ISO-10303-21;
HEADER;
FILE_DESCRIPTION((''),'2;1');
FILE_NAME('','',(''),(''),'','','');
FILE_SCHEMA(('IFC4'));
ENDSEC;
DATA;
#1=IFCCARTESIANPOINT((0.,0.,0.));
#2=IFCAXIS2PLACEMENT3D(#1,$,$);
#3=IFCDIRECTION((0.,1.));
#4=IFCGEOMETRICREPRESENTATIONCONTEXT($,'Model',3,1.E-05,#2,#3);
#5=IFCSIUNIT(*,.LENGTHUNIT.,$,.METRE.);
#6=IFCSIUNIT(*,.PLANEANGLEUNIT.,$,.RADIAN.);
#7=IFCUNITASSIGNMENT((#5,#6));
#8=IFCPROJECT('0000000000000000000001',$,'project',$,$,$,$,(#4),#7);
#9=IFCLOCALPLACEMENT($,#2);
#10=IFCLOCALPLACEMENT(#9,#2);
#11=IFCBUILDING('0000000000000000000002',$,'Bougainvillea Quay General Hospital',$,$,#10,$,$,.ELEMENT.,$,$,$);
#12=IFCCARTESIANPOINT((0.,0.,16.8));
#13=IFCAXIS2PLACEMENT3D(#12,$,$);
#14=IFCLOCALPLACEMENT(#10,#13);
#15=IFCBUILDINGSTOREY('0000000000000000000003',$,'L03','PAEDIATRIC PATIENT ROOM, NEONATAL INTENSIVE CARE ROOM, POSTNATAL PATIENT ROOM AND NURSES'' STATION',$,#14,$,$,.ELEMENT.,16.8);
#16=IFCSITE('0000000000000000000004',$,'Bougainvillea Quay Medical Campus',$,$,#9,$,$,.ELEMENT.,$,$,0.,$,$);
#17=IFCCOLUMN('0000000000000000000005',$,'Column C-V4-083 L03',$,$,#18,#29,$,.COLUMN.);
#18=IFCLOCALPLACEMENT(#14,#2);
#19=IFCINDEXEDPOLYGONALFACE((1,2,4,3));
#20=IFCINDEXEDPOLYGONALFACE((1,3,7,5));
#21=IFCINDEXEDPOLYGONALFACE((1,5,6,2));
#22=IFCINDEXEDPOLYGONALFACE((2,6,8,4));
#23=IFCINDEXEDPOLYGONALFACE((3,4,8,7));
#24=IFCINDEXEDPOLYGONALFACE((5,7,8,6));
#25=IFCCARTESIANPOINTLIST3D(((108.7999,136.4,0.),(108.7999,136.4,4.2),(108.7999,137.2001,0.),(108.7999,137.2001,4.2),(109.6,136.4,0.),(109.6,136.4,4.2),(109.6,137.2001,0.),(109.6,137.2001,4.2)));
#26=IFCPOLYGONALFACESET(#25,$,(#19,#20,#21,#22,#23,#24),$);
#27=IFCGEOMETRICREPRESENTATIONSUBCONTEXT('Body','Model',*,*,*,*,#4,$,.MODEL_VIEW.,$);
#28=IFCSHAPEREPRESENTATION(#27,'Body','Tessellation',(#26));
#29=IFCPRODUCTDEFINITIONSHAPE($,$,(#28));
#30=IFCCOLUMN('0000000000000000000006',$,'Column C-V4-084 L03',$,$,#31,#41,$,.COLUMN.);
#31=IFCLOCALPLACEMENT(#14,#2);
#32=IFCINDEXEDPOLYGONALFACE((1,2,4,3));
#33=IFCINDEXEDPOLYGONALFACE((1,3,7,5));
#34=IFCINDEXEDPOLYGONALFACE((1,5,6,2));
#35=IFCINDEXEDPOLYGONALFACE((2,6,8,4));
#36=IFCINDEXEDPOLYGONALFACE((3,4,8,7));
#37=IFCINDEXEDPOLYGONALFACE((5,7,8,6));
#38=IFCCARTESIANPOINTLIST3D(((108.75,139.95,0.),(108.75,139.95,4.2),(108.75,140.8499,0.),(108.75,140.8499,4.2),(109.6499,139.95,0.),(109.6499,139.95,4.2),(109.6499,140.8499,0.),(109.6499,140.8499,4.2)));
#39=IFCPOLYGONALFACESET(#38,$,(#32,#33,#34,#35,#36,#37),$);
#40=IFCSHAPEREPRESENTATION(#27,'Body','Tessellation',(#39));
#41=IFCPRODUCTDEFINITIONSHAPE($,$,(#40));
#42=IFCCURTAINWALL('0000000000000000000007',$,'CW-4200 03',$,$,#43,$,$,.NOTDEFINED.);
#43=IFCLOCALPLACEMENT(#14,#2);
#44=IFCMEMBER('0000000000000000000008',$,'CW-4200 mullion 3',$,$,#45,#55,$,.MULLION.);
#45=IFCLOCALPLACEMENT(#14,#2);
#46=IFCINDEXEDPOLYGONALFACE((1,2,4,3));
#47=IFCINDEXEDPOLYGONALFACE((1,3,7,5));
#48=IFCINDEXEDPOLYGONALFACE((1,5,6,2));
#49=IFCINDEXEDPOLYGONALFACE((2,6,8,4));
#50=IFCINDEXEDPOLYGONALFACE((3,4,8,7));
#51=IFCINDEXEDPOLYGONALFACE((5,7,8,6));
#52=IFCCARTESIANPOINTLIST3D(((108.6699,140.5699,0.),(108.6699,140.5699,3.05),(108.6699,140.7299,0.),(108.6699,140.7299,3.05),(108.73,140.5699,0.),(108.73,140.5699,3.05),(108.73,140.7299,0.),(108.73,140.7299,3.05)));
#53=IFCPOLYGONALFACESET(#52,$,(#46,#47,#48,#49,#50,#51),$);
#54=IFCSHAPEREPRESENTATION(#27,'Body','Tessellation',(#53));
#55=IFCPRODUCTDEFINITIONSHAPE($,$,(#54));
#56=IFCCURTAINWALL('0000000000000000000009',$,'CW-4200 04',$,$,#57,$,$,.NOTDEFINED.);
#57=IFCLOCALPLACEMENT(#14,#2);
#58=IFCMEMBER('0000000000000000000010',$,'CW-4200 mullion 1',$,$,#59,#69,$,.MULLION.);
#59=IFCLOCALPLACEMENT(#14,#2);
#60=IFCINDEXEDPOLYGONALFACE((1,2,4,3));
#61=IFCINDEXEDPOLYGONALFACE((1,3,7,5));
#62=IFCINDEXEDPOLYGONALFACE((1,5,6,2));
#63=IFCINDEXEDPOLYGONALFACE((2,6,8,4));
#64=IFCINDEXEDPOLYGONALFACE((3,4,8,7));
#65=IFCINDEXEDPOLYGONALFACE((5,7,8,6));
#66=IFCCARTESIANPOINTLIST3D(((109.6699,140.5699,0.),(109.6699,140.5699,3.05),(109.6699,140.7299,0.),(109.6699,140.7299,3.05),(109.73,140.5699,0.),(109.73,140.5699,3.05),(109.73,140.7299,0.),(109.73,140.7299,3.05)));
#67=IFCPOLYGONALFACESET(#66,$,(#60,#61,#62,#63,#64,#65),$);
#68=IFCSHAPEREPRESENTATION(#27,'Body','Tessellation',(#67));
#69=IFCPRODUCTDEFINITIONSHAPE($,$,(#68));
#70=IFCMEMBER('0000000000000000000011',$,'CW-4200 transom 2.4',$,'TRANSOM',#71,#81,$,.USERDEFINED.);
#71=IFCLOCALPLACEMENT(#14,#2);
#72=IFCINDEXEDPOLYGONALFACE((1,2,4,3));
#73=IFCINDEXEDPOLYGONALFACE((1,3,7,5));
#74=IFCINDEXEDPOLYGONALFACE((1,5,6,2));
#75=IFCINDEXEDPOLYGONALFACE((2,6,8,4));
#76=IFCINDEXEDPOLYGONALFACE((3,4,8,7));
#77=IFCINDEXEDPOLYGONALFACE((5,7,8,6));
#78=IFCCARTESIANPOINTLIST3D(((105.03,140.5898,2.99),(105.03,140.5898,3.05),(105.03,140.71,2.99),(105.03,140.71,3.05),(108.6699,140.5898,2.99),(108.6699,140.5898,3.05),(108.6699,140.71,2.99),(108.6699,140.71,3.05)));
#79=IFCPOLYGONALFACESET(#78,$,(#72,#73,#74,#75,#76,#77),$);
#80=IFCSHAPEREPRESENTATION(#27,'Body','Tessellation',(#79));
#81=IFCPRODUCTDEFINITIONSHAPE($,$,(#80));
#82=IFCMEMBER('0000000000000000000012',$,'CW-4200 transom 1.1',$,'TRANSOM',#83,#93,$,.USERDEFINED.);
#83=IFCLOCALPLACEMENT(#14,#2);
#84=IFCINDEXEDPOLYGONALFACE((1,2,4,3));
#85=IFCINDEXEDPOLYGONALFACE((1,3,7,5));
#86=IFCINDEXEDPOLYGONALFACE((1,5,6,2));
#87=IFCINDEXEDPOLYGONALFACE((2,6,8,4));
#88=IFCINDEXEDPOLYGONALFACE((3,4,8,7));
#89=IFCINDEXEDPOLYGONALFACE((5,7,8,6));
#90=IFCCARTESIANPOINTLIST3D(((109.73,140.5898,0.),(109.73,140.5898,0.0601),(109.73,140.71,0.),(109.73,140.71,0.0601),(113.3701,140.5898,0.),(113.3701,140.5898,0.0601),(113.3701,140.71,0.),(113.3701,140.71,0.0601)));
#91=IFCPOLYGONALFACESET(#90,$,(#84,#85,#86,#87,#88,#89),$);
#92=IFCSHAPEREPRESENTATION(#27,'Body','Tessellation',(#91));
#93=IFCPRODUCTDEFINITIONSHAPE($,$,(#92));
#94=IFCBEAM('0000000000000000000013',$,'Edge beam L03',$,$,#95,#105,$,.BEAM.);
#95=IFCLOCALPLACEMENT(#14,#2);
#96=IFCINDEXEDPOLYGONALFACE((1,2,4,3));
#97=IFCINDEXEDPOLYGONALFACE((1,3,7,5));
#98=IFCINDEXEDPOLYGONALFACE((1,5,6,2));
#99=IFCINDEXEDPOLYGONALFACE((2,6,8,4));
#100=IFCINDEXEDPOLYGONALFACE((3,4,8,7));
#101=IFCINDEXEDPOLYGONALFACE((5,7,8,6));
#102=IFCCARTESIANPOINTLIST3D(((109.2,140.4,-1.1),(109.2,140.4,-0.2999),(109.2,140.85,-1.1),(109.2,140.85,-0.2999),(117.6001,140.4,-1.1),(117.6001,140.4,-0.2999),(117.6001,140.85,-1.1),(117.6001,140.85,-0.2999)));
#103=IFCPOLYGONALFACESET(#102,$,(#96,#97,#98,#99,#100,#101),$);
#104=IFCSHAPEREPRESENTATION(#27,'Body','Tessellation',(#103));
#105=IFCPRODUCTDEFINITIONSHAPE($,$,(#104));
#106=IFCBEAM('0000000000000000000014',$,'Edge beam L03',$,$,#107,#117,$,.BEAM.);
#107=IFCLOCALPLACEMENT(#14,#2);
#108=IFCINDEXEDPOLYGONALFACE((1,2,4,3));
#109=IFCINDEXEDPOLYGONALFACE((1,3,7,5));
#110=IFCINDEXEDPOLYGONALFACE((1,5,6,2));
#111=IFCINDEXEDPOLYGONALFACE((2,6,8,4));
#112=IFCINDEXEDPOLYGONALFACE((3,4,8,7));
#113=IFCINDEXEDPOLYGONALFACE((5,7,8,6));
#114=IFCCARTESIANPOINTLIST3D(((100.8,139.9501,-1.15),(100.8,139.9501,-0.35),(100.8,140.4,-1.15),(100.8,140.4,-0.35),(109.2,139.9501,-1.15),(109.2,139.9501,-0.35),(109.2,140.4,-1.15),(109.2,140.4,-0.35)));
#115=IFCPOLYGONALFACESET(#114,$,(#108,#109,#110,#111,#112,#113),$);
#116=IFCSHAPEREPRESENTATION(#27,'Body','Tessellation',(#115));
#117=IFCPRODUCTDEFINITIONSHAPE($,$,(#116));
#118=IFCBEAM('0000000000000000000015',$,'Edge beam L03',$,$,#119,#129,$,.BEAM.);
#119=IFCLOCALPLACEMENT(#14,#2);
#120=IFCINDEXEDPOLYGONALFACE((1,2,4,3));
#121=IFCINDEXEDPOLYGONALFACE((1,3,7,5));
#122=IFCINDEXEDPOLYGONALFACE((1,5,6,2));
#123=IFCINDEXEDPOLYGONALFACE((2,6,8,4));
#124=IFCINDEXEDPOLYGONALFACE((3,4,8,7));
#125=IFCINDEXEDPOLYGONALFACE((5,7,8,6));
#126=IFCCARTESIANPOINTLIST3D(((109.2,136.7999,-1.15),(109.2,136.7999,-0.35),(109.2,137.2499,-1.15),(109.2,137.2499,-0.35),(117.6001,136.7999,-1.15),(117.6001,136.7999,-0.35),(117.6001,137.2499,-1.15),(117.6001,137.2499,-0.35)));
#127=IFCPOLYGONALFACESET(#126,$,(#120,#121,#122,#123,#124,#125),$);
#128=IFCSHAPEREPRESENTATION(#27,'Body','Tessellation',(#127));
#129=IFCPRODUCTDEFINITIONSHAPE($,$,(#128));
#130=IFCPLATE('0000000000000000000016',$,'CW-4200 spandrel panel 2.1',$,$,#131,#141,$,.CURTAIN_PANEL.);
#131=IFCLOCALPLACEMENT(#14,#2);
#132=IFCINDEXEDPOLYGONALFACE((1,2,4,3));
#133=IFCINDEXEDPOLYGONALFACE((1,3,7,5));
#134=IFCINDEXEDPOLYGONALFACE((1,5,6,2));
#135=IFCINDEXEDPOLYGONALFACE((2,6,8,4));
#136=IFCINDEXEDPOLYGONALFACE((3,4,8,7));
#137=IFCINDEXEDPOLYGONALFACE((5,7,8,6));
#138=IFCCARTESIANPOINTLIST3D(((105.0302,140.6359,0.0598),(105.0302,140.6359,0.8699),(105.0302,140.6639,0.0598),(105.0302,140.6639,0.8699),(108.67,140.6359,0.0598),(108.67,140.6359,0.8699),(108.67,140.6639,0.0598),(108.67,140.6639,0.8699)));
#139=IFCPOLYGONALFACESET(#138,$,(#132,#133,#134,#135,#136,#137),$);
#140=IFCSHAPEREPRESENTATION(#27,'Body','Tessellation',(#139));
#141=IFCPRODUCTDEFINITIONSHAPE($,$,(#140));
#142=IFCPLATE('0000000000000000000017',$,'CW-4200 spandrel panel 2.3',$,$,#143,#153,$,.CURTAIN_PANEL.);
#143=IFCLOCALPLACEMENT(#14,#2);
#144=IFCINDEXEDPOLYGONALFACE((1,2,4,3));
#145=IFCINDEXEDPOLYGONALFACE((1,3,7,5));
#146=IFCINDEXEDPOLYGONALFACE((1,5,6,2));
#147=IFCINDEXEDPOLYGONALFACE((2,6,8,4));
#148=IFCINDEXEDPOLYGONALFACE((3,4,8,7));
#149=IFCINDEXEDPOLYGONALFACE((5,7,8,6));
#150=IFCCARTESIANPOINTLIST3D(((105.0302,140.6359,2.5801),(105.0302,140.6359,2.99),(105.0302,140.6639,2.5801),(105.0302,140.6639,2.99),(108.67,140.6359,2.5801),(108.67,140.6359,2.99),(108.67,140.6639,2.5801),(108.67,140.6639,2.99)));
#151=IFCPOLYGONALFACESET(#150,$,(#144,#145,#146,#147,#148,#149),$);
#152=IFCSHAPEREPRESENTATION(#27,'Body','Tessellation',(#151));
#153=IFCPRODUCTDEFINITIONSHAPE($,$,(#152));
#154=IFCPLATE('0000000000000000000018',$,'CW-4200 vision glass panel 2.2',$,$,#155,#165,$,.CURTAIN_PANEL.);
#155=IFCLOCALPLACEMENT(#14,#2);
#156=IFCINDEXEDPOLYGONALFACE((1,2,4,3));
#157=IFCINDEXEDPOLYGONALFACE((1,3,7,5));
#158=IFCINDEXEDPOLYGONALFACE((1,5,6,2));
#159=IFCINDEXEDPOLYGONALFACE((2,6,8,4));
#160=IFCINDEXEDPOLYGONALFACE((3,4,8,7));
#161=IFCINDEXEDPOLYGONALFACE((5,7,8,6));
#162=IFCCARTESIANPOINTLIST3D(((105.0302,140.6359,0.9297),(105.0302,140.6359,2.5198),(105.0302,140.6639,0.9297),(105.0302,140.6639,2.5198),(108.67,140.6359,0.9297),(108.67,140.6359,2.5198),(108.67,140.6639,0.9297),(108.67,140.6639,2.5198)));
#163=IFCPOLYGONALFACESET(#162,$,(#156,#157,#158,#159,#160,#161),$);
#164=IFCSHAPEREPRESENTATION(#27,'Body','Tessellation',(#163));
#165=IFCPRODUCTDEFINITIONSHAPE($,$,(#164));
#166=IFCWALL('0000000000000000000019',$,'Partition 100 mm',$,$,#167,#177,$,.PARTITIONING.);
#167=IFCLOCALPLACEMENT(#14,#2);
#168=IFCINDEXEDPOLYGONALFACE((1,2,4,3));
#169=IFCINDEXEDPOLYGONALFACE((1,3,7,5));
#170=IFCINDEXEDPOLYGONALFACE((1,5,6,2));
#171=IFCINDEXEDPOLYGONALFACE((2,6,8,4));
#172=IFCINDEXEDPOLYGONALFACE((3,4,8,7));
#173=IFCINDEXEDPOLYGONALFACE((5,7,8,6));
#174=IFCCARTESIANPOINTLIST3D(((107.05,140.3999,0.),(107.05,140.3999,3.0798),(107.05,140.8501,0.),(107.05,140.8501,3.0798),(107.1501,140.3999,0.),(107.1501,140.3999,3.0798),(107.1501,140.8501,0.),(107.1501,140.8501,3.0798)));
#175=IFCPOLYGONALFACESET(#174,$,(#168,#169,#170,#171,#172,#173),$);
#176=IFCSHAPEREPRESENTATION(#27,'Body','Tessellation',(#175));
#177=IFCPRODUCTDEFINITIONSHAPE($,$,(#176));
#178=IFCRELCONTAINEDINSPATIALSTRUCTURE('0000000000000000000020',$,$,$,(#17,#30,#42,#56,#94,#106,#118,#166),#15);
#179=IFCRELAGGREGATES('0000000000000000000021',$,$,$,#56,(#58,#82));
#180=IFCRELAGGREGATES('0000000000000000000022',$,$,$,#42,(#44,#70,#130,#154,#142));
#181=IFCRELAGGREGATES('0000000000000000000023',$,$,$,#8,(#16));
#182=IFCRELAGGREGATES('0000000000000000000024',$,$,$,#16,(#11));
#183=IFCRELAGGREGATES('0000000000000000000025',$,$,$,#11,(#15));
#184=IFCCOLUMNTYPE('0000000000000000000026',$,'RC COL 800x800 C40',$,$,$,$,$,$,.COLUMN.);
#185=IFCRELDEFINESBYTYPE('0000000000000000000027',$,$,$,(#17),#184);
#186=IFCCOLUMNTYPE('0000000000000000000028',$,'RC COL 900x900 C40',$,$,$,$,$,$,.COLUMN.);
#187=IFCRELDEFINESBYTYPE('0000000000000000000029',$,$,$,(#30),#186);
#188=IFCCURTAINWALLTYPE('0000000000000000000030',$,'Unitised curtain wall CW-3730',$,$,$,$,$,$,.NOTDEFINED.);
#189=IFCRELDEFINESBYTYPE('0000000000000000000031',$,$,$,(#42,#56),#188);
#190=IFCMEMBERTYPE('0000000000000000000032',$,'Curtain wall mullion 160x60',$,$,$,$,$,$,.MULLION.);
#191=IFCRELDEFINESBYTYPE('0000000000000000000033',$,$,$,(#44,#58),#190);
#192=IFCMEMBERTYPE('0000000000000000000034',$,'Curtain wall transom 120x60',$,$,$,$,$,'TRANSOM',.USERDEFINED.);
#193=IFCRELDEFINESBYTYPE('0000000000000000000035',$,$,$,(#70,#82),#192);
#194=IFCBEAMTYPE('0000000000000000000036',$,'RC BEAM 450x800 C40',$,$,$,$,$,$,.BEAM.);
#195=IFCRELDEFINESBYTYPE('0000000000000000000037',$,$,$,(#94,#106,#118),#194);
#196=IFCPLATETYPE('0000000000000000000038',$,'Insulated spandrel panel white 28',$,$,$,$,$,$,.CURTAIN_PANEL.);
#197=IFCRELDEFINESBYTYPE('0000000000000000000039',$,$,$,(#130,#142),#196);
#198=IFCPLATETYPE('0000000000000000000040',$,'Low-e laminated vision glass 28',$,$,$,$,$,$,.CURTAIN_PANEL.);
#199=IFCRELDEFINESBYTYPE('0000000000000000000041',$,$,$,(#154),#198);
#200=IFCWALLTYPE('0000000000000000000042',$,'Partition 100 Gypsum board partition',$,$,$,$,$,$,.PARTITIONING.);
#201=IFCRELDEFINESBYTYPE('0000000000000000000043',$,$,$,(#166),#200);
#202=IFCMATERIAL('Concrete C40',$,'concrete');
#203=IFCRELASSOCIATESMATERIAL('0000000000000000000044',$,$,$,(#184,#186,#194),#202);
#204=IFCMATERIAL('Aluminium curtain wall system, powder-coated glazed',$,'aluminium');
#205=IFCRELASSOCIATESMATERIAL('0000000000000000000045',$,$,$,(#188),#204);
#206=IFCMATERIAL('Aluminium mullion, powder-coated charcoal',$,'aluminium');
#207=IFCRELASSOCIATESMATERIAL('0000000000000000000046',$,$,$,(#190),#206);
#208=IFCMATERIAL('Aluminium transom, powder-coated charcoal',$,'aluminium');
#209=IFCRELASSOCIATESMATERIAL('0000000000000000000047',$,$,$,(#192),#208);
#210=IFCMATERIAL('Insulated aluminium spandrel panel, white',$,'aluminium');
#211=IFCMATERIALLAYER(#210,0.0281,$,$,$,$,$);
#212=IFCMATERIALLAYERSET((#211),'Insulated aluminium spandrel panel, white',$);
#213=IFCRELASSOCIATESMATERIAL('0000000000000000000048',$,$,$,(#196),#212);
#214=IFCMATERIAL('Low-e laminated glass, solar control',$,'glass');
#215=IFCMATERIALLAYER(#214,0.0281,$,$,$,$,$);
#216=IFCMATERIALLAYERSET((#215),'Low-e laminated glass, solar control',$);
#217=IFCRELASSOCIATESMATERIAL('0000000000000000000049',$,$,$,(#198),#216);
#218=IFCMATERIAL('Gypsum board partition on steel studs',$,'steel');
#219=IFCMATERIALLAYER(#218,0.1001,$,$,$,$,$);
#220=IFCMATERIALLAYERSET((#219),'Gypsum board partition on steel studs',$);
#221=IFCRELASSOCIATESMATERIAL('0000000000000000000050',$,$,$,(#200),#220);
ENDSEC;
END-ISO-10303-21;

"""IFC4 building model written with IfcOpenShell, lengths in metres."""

from ifc_helpers import new_model, si_unit, direction, frame, frame_2d, origin, origin_2d, place, context, subcontext, project, spatial, rectangle, extrude, material, layer, layer_set, material_profile, profile_set, type_object, element, aggregate, save


model = new_model("IFC4")

# Units and contexts
model_context = context("Model", 3, precision=1e-05, world=origin(), true_north=direction((0.0, 1.0)))
body_context = subcontext(model_context, "Body", "Model", "MODEL_VIEW")
ifc_project = project(units=[si_unit("LENGTHUNIT", "METRE"), si_unit("PLANEANGLEUNIT", "RADIAN")], contexts=[model_context])

# Site, building, storey
site_placement = place(None, origin())
site = spatial("IfcSite", under=ifc_project, at=site_placement, Name="Bougainvillea Quay Medical Campus", CompositionType="ELEMENT", RefElevation=0.0)
building_placement = place(site_placement, origin())
building = spatial("IfcBuilding", under=site, at=building_placement, Name="Bougainvillea Quay General Hospital", CompositionType="ELEMENT")
storey_placement = place(building_placement, frame((0.0, 0.0, 16.8)))
storey = spatial("IfcBuildingStorey", under=building, at=storey_placement, Name="L03", Description="PAEDIATRIC PATIENT ROOM, NEONATAL INTENSIVE CARE ROOM, POSTNATAL PATIENT ROOM AND NURSES' STATION", CompositionType="ELEMENT", Elevation=16.8)

# Columns
ifc_material_1 = material(Name="Concrete C40", Category="concrete")
ifc_material_profile_1 = material_profile(ifc_material_1, rectangle(XDim=0.8, YDim=0.8, at=origin_2d()))
ifc_profile_set_1 = profile_set([ifc_material_profile_1], Name="Concrete C40")
column_type_1 = type_object("IfcColumnType", Name="RC COL 800x800 C40", PredefinedType="COLUMN", material=ifc_profile_set_1)
column_1_placement = place(storey_placement, frame((109.2, 136.8, 0.0), z_axis=(0.0, 0.0, 1.0), x_axis=(1.0, 0.0, 0.0)))
element("IfcColumn", 1, at=column_1_placement, inside=storey, type_object=column_type_1, Name="Column C-V4-083 L03", PredefinedType="COLUMN", context=body_context, shape_type="SweptSolid", body=[
    extrude(rectangle(XDim=0.8, YDim=0.8, at=origin_2d()), origin(), (0.0, 0.0, 1.0), 4.2),
])
ifc_material_profile_2 = material_profile(ifc_material_1, rectangle(XDim=0.8999, YDim=0.8999, at=origin_2d()))
ifc_profile_set_2 = profile_set([ifc_material_profile_2], Name="Concrete C40")
column_type_2 = type_object("IfcColumnType", Name="RC COL 900x900 C40", PredefinedType="COLUMN", material=ifc_profile_set_2)
column_2_placement = place(storey_placement, frame((109.2, 140.3999, 0.0), z_axis=(0.0, 0.0, 1.0), x_axis=(1.0, 0.0, 0.0)))
element("IfcColumn", 2, at=column_2_placement, inside=storey, type_object=column_type_2, Name="Column C-V4-084 L03", PredefinedType="COLUMN", context=body_context, shape_type="SweptSolid", body=[
    extrude(rectangle(XDim=0.8999, YDim=0.8999, at=origin_2d()), origin(), (0.0, 0.0, 1.0), 4.2),
])

# Curtain walls, members
ifc_material_2 = material(Name="Aluminium curtain wall system, powder-coated glazed", Category="aluminium")
curtain_wall_type = type_object("IfcCurtainWallType", Name="Unitised curtain wall CW-3730", PredefinedType="NOTDEFINED", material=ifc_material_2)
curtain_wall_1_placement = place(storey_placement, origin())
curtain_wall_1 = element("IfcCurtainWall", 3, at=curtain_wall_1_placement, inside=storey, type_object=curtain_wall_type, Name="CW-4200 03", PredefinedType="NOTDEFINED")
ifc_material_3 = material(Name="Aluminium mullion, powder-coated charcoal", Category="aluminium")
ifc_material_profile_3 = material_profile(ifc_material_3, rectangle(XDim=0.1599, YDim=0.0601, at=origin_2d()))
ifc_profile_set_3 = profile_set([ifc_material_profile_3], Name="Aluminium mullion, powder-coated charcoal")
member_type_1 = type_object("IfcMemberType", Name="Curtain wall mullion 160x60", PredefinedType="MULLION", material=ifc_profile_set_3)
member_1_placement = place(storey_placement, frame((108.7, 140.6499, 0.0), z_axis=(0.0, 0.0, 1.0), x_axis=(0.0, 1.0, 0.0)))
member_1 = element("IfcMember", 4, at=member_1_placement, type_object=member_type_1, Name="CW-4200 mullion 3", PredefinedType="MULLION", context=body_context, shape_type="SweptSolid", body=[
    extrude(rectangle(XDim=0.1599, YDim=0.0601, at=origin_2d()), origin(), (0.0, 0.0, 1.0), 3.05),
])
curtain_wall_2_placement = place(storey_placement, origin())
curtain_wall_2 = element("IfcCurtainWall", 5, at=curtain_wall_2_placement, inside=storey, type_object=curtain_wall_type, Name="CW-4200 04", PredefinedType="NOTDEFINED")
member_2_placement = place(storey_placement, frame((109.7, 140.6499, 0.0), z_axis=(0.0, 0.0, 1.0), x_axis=(0.0, 1.0, 0.0)))
member_2 = element("IfcMember", 6, at=member_2_placement, type_object=member_type_1, Name="CW-4200 mullion 1", PredefinedType="MULLION", context=body_context, shape_type="SweptSolid", body=[
    extrude(rectangle(XDim=0.1599, YDim=0.0601, at=origin_2d()), origin(), (0.0, 0.0, 1.0), 3.05),
])

# Members
ifc_material_4 = material(Name="Aluminium transom, powder-coated charcoal", Category="aluminium")
ifc_material_profile_4 = material_profile(ifc_material_4, rectangle(XDim=0.1201, YDim=0.0601, at=origin_2d()))
ifc_profile_set_4 = profile_set([ifc_material_profile_4], Name="Aluminium transom, powder-coated charcoal")
member_type_2 = type_object("IfcMemberType", Name="Curtain wall transom 120x60", ElementType="TRANSOM", PredefinedType="USERDEFINED", material=ifc_profile_set_4)
member_3_placement = place(storey_placement, frame((105.03, 140.6499, 3.02), z_axis=(1.0, 0.0, 0.0), x_axis=(0.0, 1.0, 0.0)))
member_3 = element("IfcMember", 7, at=member_3_placement, type_object=member_type_2, Name="CW-4200 transom 2.4", ObjectType="TRANSOM", PredefinedType="USERDEFINED", context=body_context, shape_type="SweptSolid", body=[
    extrude(rectangle(XDim=0.1201, YDim=0.0601, at=origin_2d()), origin(), (0.0, 0.0, 1.0), 3.6399),
])
member_4_placement = place(storey_placement, frame((109.73, 140.6499, 0.03), z_axis=(1.0, 0.0, 0.0), x_axis=(0.0, 1.0, 0.0)))
member_4 = element("IfcMember", 8, at=member_4_placement, type_object=member_type_2, Name="CW-4200 transom 1.1", ObjectType="TRANSOM", PredefinedType="USERDEFINED", context=body_context, shape_type="SweptSolid", body=[
    extrude(rectangle(XDim=0.1201, YDim=0.0601, at=origin_2d()), origin(), (0.0, 0.0, 1.0), 3.6401),
])
aggregate(curtain_wall_2, [member_2, member_4])

# Beams
ifc_material_profile_5 = material_profile(ifc_material_1, rectangle(XDim=0.45, YDim=0.8, at=origin_2d()))
ifc_profile_set_5 = profile_set([ifc_material_profile_5], Name="Concrete C40")
beam_type = type_object("IfcBeamType", Name="RC BEAM 450x800 C40", PredefinedType="BEAM", material=ifc_profile_set_5)
beam_1_placement = place(storey_placement, frame((109.2, 140.625, -0.7), z_axis=(1.0, 0.0, 0.0), x_axis=(0.0, 1.0, 0.0)))
element("IfcBeam", 9, at=beam_1_placement, inside=storey, type_object=beam_type, Name="Edge beam L03", PredefinedType="BEAM", context=body_context, shape_type="SweptSolid", body=[
    extrude(rectangle(XDim=0.45, YDim=0.8, at=origin_2d()), origin(), (0.0, 0.0, 1.0), 8.4001),
])
beam_2_placement = place(storey_placement, frame((109.2, 140.175, -0.75), z_axis=(-1.0, 0.0, 0.0), x_axis=(0.0, -1.0, 0.0)))
element("IfcBeam", 10, at=beam_2_placement, inside=storey, type_object=beam_type, Name="Edge beam L03", PredefinedType="BEAM", context=body_context, shape_type="SweptSolid", body=[
    extrude(rectangle(XDim=0.45, YDim=0.8, at=origin_2d()), origin(), (0.0, 0.0, 1.0), 8.3999),
])
beam_3_placement = place(storey_placement, frame((109.2, 137.0249, -0.75), z_axis=(1.0, 0.0, 0.0), x_axis=(0.0, 1.0, 0.0)))
element("IfcBeam", 11, at=beam_3_placement, inside=storey, type_object=beam_type, Name="Edge beam L03", PredefinedType="BEAM", context=body_context, shape_type="SweptSolid", body=[
    extrude(rectangle(XDim=0.45, YDim=0.8, at=origin_2d()), origin(), (0.0, 0.0, 1.0), 8.4001),
])

# Plates
ifc_material_5 = material(Name="Insulated aluminium spandrel panel, white", Category="aluminium")
ifc_layer_1 = layer(ifc_material_5, 0.0281)
ifc_layer_set_1 = layer_set([ifc_layer_1], Name="Insulated aluminium spandrel panel, white")
plate_type_1 = type_object("IfcPlateType", Name="Insulated spandrel panel white 28", PredefinedType="CURTAIN_PANEL", material=ifc_layer_set_1)
plate_1_placement = place(storey_placement, frame((106.8501, 140.6499, 0.0598), z_axis=(0.0, 0.0, 1.0), x_axis=(1.0, 0.0, 0.0)))
plate_1 = element("IfcPlate", 12, at=plate_1_placement, type_object=plate_type_1, Name="CW-4200 spandrel panel 2.1", PredefinedType="CURTAIN_PANEL", context=body_context, shape_type="SweptSolid", body=[
    extrude(rectangle(XDim=3.6399, YDim=0.0281, at=origin_2d()), origin(), (0.0, 0.0, 1.0), 0.8101),
])
plate_2_placement = place(storey_placement, frame((106.8501, 140.6499, 2.5801), z_axis=(0.0, 0.0, 1.0), x_axis=(1.0, 0.0, 0.0)))
plate_2 = element("IfcPlate", 13, at=plate_2_placement, type_object=plate_type_1, Name="CW-4200 spandrel panel 2.3", PredefinedType="CURTAIN_PANEL", context=body_context, shape_type="SweptSolid", body=[
    extrude(rectangle(XDim=3.6399, YDim=0.0281, at=origin_2d()), origin(), (0.0, 0.0, 1.0), 0.4099),
])
ifc_material_6 = material(Name="Low-e laminated glass, solar control", Category="glass")
ifc_layer_2 = layer(ifc_material_6, 0.0281)
ifc_layer_set_2 = layer_set([ifc_layer_2], Name="Low-e laminated glass, solar control")
plate_type_2 = type_object("IfcPlateType", Name="Low-e laminated vision glass 28", PredefinedType="CURTAIN_PANEL", material=ifc_layer_set_2)
plate_3_placement = place(storey_placement, frame((106.8501, 140.6499, 0.9297), z_axis=(0.0, 0.0, 1.0), x_axis=(1.0, 0.0, 0.0)))
plate_3 = element("IfcPlate", 14, at=plate_3_placement, type_object=plate_type_2, Name="CW-4200 vision glass panel 2.2", PredefinedType="CURTAIN_PANEL", context=body_context, shape_type="SweptSolid", body=[
    extrude(rectangle(XDim=3.6399, YDim=0.0281, at=origin_2d()), origin(), (0.0, 0.0, 1.0), 1.5901),
])
aggregate(curtain_wall_1, [member_1, member_3, plate_1, plate_3, plate_2])

# Wall
ifc_material_7 = material(Name="Gypsum board partition on steel studs", Category="steel")
ifc_layer_3 = layer(ifc_material_7, 0.1001)
ifc_layer_set_3 = layer_set([ifc_layer_3], Name="Gypsum board partition on steel studs")
wall_type = type_object("IfcWallType", Name="Partition 100 Gypsum board partition", PredefinedType="PARTITIONING", material=ifc_layer_set_3)
wall_placement = place(storey_placement, frame((107.1001, 140.3999, 0.0), z_axis=(0.0, 0.0, 1.0), x_axis=(0.0, 1.0, 0.0)))
element("IfcWall", 15, at=wall_placement, inside=storey, type_object=wall_type, Name="Partition 100 mm", PredefinedType="PARTITIONING", context=body_context, shape_type="SweptSolid", body=[
    extrude(rectangle(XDim=0.4502, YDim=0.1001, at=frame_2d((0.2251, 0.0))), origin(), (0.0, 0.0, 1.0), 3.0798),
])

save(model, "model.ifc")
